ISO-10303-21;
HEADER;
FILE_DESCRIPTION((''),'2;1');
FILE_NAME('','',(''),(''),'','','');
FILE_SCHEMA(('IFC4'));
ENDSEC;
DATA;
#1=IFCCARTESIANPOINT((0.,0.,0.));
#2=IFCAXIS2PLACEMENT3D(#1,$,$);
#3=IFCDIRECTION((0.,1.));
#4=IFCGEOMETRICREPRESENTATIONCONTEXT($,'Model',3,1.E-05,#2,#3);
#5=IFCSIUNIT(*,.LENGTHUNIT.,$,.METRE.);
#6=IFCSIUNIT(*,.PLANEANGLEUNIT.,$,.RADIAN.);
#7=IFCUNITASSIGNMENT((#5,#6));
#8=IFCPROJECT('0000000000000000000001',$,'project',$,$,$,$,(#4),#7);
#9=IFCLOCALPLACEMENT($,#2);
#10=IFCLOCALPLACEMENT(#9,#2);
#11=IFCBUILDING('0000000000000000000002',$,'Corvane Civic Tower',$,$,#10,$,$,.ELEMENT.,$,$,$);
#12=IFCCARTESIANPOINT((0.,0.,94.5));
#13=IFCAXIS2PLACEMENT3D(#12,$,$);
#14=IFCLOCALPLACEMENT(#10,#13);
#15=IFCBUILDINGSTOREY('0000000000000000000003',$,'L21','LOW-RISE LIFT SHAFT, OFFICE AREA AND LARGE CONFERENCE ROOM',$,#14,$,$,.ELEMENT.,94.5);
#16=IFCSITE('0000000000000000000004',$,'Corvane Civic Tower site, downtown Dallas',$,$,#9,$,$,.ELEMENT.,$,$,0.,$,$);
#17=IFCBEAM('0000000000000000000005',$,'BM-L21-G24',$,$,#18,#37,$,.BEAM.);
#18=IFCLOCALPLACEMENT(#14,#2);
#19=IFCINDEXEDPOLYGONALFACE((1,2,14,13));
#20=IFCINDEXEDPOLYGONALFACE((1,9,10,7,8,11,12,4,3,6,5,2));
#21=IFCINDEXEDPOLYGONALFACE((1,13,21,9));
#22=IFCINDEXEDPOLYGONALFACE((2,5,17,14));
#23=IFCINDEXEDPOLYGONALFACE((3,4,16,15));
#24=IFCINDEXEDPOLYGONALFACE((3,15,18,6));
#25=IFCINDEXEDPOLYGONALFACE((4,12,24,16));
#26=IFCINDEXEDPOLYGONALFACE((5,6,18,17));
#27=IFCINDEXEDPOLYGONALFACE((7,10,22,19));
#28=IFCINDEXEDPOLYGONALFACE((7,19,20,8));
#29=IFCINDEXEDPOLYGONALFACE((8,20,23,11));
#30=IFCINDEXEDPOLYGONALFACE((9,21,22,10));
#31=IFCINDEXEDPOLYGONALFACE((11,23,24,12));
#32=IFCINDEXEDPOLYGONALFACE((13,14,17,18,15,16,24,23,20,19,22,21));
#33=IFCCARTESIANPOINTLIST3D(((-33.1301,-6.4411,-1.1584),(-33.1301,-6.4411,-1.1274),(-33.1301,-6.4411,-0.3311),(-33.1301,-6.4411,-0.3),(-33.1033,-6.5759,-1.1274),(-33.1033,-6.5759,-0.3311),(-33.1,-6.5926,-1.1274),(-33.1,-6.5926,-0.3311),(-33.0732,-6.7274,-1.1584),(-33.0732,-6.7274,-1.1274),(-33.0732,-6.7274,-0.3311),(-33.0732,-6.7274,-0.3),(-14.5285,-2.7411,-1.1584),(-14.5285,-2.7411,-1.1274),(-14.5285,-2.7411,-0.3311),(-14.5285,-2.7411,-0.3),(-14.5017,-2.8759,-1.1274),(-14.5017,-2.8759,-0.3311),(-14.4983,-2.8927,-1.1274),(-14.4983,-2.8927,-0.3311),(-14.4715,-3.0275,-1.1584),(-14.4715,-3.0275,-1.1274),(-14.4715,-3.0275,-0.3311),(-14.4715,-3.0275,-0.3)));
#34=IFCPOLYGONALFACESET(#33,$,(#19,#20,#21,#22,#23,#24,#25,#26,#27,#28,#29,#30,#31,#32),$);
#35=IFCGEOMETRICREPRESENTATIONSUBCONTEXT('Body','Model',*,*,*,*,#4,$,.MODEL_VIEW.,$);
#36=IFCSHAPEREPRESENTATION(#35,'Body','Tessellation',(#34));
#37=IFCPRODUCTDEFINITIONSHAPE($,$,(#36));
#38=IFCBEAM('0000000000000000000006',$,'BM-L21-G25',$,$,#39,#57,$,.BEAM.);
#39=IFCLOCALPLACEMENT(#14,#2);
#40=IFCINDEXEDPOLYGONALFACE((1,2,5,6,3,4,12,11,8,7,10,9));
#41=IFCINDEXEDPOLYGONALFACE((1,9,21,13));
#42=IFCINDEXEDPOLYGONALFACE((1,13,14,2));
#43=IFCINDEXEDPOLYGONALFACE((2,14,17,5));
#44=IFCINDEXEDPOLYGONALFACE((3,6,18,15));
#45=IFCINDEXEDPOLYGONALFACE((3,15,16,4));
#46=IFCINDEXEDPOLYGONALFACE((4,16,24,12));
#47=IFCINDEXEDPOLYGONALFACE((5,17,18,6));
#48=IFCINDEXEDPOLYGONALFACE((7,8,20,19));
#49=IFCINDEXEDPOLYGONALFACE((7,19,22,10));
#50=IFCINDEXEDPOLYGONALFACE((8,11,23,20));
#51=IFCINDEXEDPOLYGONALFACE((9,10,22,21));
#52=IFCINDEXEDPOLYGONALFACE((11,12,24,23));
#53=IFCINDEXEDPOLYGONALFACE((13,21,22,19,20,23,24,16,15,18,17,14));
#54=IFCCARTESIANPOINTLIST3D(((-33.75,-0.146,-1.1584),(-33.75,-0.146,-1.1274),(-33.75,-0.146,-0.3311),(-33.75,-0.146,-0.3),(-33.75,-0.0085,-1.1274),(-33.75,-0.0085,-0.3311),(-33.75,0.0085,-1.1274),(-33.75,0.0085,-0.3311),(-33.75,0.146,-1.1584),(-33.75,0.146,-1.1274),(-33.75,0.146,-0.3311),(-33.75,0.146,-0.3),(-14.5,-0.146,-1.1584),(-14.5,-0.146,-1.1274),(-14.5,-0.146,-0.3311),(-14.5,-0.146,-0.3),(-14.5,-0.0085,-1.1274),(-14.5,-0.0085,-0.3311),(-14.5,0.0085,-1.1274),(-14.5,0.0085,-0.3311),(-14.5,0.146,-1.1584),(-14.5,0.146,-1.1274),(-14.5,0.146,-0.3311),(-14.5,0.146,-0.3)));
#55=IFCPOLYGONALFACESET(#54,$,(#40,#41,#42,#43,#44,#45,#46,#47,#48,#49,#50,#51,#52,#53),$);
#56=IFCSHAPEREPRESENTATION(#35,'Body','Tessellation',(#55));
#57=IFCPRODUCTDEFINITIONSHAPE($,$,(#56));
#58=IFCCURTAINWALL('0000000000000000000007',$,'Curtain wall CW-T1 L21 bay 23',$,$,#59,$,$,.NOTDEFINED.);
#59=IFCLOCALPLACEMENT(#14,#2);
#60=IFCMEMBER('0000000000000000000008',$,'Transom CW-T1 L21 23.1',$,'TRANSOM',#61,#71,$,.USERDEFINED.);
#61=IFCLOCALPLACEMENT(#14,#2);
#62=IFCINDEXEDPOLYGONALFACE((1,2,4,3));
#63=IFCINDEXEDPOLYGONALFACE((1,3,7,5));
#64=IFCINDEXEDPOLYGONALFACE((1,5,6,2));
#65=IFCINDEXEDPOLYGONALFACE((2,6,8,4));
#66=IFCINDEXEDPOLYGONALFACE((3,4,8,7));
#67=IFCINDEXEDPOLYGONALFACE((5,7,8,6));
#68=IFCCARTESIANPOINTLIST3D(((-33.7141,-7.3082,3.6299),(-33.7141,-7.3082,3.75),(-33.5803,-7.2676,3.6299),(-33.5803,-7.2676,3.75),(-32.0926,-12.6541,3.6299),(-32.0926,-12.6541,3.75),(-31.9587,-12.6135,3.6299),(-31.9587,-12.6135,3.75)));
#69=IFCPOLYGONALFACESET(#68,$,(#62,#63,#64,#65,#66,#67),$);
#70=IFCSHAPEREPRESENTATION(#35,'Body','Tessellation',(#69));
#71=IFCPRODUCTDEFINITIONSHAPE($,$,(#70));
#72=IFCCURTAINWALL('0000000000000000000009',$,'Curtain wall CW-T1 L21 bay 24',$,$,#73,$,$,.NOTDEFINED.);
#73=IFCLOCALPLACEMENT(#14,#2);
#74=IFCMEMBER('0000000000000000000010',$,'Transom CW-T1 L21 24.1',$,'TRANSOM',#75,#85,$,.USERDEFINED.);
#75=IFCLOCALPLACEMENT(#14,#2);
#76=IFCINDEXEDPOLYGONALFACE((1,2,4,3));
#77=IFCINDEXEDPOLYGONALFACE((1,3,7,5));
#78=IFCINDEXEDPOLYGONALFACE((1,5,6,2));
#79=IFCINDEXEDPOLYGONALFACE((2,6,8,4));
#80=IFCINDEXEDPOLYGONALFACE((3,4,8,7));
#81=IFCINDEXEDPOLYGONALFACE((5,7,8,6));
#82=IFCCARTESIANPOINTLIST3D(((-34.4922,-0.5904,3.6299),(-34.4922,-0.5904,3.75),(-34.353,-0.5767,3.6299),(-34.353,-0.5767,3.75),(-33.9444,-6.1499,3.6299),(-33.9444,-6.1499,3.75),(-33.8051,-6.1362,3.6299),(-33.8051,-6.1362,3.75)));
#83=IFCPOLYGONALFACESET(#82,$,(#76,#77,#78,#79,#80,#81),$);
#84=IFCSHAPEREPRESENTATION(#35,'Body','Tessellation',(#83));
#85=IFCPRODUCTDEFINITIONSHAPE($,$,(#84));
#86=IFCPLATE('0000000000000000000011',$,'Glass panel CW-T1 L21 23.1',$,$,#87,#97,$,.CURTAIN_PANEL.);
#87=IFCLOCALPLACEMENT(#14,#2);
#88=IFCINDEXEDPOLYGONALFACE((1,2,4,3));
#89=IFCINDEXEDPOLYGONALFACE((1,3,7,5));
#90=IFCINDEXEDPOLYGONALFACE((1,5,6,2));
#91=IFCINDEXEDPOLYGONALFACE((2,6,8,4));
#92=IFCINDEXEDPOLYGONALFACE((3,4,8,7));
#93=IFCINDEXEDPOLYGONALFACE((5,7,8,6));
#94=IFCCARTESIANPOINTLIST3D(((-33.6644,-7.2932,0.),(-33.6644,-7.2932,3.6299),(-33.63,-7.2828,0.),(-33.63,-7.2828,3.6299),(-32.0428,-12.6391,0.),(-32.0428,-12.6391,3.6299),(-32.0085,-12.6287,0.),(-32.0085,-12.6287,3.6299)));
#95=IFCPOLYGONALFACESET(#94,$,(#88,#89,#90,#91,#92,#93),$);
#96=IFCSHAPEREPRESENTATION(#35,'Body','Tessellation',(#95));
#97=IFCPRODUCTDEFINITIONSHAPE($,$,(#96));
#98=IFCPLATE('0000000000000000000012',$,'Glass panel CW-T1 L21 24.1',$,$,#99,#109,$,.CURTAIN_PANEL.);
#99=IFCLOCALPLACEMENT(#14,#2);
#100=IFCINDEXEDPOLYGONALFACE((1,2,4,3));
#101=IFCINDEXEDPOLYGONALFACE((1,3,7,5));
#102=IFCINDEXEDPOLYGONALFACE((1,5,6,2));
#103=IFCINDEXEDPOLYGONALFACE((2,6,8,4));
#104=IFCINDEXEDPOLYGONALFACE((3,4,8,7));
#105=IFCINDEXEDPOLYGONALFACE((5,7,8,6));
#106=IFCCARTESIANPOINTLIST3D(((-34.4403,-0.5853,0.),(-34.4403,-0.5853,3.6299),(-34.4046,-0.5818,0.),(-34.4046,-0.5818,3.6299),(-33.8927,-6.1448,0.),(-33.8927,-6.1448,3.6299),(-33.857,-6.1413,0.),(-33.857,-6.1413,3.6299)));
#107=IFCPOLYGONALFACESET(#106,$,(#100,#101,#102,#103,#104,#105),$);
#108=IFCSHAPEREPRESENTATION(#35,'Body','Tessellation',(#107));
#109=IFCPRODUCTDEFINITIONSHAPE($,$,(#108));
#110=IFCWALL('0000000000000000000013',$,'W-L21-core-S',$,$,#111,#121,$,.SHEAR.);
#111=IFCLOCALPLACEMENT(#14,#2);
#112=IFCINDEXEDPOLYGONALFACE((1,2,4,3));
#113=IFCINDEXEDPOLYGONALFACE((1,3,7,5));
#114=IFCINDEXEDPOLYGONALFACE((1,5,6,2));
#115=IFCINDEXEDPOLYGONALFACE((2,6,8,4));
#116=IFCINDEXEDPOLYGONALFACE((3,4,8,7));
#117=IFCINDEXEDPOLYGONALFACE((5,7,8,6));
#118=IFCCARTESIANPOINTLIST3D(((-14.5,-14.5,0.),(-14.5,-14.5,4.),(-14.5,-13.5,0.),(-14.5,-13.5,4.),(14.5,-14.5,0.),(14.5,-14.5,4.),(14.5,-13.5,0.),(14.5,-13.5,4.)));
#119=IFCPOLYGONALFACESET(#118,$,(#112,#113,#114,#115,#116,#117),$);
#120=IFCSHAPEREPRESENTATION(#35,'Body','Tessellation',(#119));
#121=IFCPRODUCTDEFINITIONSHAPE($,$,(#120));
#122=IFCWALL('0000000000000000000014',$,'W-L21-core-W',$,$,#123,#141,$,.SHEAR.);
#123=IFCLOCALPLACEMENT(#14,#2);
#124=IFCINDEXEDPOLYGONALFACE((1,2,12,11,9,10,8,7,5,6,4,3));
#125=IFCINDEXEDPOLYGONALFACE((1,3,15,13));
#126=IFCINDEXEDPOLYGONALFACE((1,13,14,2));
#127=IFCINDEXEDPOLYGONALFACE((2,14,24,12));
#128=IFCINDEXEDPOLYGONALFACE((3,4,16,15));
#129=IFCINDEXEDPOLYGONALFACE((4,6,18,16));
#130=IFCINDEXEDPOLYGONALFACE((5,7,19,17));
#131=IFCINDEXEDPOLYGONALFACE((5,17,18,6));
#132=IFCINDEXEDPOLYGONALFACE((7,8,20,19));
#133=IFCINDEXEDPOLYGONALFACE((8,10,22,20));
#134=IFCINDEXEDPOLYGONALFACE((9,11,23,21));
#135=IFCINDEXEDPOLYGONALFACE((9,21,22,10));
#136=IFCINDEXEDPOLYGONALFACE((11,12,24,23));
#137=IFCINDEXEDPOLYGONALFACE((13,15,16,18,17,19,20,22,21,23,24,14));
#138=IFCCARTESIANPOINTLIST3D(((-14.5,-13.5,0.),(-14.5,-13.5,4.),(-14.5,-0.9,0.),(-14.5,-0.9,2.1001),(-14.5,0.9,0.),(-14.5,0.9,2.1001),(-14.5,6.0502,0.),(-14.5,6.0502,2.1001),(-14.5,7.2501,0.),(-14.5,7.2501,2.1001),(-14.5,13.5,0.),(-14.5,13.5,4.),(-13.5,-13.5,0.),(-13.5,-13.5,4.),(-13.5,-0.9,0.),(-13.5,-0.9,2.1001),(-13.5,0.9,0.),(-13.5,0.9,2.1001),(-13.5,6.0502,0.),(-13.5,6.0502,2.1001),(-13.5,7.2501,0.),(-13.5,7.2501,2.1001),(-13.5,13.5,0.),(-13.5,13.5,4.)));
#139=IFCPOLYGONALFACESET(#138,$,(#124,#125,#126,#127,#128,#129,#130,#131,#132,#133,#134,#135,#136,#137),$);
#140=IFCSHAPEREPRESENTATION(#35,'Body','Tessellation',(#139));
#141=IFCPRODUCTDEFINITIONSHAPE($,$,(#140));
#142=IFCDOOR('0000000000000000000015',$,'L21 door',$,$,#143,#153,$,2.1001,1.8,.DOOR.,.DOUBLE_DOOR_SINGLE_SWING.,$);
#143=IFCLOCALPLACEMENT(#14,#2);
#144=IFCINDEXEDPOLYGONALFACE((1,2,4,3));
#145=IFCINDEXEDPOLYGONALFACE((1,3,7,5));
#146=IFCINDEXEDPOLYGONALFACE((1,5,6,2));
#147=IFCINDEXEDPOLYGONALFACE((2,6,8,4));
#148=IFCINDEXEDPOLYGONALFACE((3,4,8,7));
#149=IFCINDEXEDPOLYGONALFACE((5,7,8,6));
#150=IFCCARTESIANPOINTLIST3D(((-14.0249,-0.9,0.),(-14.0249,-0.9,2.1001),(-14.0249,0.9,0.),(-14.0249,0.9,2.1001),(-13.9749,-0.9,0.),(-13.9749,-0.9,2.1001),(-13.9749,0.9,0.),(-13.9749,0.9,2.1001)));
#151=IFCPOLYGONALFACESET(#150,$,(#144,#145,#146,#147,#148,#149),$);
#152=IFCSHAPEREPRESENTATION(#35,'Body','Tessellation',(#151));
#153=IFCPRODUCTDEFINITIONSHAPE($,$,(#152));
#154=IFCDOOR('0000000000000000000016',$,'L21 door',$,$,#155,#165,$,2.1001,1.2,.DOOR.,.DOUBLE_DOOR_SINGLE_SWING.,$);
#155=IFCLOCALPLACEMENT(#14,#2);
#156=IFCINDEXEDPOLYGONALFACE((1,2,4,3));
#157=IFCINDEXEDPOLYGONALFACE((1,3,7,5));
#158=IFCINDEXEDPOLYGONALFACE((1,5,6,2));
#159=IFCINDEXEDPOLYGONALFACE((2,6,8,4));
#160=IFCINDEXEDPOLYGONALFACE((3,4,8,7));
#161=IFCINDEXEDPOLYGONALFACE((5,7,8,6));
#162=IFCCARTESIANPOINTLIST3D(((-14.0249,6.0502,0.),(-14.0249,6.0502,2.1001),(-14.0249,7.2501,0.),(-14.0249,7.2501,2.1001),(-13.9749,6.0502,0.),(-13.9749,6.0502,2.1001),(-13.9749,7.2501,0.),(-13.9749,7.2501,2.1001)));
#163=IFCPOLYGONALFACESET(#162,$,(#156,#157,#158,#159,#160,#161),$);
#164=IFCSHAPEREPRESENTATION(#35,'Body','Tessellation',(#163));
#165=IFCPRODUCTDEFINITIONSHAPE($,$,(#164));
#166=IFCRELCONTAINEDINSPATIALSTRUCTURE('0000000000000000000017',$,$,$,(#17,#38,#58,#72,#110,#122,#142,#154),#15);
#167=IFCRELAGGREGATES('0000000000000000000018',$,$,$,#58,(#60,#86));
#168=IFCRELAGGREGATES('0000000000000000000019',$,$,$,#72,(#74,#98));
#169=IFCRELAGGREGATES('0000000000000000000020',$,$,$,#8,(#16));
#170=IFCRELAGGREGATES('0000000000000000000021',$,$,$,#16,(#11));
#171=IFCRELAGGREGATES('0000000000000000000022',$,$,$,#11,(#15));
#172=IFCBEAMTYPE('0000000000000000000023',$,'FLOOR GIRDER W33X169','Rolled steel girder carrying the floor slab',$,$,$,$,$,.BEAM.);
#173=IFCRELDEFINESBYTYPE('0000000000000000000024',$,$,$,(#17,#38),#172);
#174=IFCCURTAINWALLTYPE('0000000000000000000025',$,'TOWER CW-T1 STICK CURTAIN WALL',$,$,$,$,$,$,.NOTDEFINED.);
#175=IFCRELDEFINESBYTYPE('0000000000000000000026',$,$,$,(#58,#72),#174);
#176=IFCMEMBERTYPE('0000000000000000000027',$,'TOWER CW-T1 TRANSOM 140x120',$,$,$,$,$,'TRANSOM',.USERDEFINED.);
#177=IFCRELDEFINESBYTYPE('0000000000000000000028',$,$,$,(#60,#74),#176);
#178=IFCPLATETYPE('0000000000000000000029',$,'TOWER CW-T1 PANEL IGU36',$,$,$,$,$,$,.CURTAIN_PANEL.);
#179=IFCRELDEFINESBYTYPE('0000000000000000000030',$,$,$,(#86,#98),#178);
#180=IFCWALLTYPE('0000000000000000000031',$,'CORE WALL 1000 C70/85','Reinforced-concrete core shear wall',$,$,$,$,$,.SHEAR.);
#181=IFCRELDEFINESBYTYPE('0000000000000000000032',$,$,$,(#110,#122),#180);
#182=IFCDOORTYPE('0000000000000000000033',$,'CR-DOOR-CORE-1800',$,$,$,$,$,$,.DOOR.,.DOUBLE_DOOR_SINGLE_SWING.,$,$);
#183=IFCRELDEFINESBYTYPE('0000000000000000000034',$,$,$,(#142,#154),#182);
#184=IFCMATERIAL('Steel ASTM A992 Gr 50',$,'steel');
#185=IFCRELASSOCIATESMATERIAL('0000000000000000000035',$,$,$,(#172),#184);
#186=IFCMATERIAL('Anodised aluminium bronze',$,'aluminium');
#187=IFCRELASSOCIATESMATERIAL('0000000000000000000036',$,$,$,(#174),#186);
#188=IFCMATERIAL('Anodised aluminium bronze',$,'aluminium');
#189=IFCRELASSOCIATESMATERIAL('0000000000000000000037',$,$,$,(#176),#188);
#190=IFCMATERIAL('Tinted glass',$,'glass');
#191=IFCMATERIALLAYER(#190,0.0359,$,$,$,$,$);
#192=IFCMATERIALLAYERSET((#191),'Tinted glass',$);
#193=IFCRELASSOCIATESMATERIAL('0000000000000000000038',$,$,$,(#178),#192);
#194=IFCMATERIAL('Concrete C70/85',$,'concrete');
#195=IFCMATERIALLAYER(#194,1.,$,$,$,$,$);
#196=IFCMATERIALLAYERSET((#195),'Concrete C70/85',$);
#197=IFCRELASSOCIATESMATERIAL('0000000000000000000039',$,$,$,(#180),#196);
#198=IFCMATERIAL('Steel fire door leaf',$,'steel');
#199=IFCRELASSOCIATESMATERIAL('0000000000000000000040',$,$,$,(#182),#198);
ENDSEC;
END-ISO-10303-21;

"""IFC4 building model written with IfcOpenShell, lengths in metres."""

from ifc_helpers import new_model, si_unit, direction, frame, frame_2d, origin, origin_2d, place, context, subcontext, project, spatial, rectangle, i_section, extrude, material, layer, layer_set, material_profile, profile_set, type_object, element, fill, aggregate, save


model = new_model("IFC4")

# Units and contexts
model_context = context("Model", 3, precision=1e-05, world=origin(), true_north=direction((0.0, 1.0)))
body_context = subcontext(model_context, "Body", "Model", "MODEL_VIEW")
ifc_project = project(units=[si_unit("LENGTHUNIT", "METRE"), si_unit("PLANEANGLEUNIT", "RADIAN")], contexts=[model_context])

# Site, building, storey
site_placement = place(None, origin())
site = spatial("IfcSite", under=ifc_project, at=site_placement, Name="Corvane Civic Tower site, downtown Dallas", CompositionType="ELEMENT", RefElevation=0.0)
building_placement = place(site_placement, origin())
building = spatial("IfcBuilding", under=site, at=building_placement, Name="Corvane Civic Tower", CompositionType="ELEMENT")
storey_placement = place(building_placement, frame((0.0, 0.0, 94.5)))
storey = spatial("IfcBuildingStorey", under=building, at=storey_placement, Name="L21", Description="LOW-RISE LIFT SHAFT, OFFICE AREA AND LARGE CONFERENCE ROOM", CompositionType="ELEMENT", Elevation=94.5)

# Beams
ifc_material_1 = material(Name="Steel ASTM A992 Gr 50", Category="steel")
ifc_material_profile_1 = material_profile(ifc_material_1, i_section(OverallWidth=0.292, OverallDepth=0.8584, WebThickness=0.0171, FlangeThickness=0.031, at=origin_2d()), Name="W33X169")
ifc_profile_set_1 = profile_set([ifc_material_profile_1], Name="Steel ASTM A992 Gr 50")
beam_type_1 = type_object("IfcBeamType", Name="FLOOR GIRDER W33X169", Description="Rolled steel girder carrying the floor slab", PredefinedType="BEAM", material=ifc_profile_set_1)
beam_1_placement = place(storey_placement, frame((-14.5, -2.8843, -0.7292), z_axis=(-0.980787, -0.195084, 0.0), x_axis=(0.195084, -0.980787, 0.0)))
element("IfcBeam", 1, at=beam_1_placement, inside=storey, type_object=beam_type_1, Name="BM-L21-G24", PredefinedType="BEAM", context=body_context, shape_type="SweptSolid", body=[
    extrude(i_section(OverallWidth=0.292, OverallDepth=0.8584, WebThickness=0.0171, FlangeThickness=0.031, at=origin_2d()), origin(), (0.0, 0.0, 1.0), 18.9661),
])
beam_2_placement = place(storey_placement, frame((-14.5, 0.0, -0.7292), z_axis=(-1.0, 0.0, 0.0), x_axis=(0.0, -1.0, 0.0)))
element("IfcBeam", 2, at=beam_2_placement, inside=storey, type_object=beam_type_1, Name="BM-L21-G25", PredefinedType="BEAM", context=body_context, shape_type="SweptSolid", body=[
    extrude(i_section(OverallWidth=0.292, OverallDepth=0.8584, WebThickness=0.0171, FlangeThickness=0.031, at=origin_2d()), origin(), (0.0, 0.0, 1.0), 19.25),
])

# Curtain walls, members
ifc_material_2 = material(Name="Anodised aluminium bronze", Category="aluminium")
curtain_wall_type = type_object("IfcCurtainWallType", Name="TOWER CW-T1 STICK CURTAIN WALL", PredefinedType="NOTDEFINED", material=ifc_material_2)
curtain_wall_1_placement = place(storey_placement, origin())
curtain_wall_1 = element("IfcCurtainWall", 3, at=curtain_wall_1_placement, inside=storey, type_object=curtain_wall_type, Name="Curtain wall CW-T1 L21 bay 23", PredefinedType="NOTDEFINED")
ifc_material_3 = material(Name="Anodised aluminium bronze", Category="aluminium")
ifc_material_profile_2 = material_profile(ifc_material_3, rectangle(XDim=0.1399, YDim=0.1201, at=origin_2d()), Name="TOWER CW-T1 TRANSOM 140x120")
ifc_profile_set_2 = profile_set([ifc_material_profile_2], Name="Anodised aluminium bronze")
member_type = type_object("IfcMemberType", Name="TOWER CW-T1 TRANSOM 140x120", ElementType="TRANSOM", PredefinedType="USERDEFINED", material=ifc_profile_set_2)
member_1_placement = place(storey_placement, frame((-32.0256, -12.6338, 3.6899), z_axis=(-0.290269, 0.956945, 0.0), x_axis=(-0.956945, -0.290269, 0.0)))
member_1 = element("IfcMember", 4, at=member_1_placement, type_object=member_type, Name="Transom CW-T1 L21 23.1", ObjectType="TRANSOM", PredefinedType="USERDEFINED", context=body_context, shape_type="SweptSolid", body=[
    extrude(rectangle(XDim=0.1399, YDim=0.1201, at=origin_2d()), origin(), (0.0, 0.0, 1.0), 5.5864),
])
curtain_wall_2_placement = place(storey_placement, origin())
curtain_wall_2 = element("IfcCurtainWall", 5, at=curtain_wall_2_placement, inside=storey, type_object=curtain_wall_type, Name="Curtain wall CW-T1 L21 bay 24", PredefinedType="NOTDEFINED")
member_2_placement = place(storey_placement, frame((-33.8748, -6.1431, 3.6899), z_axis=(-0.098067, 0.99518, 0.0), x_axis=(-0.99518, -0.098067, 0.0)))
member_2 = element("IfcMember", 6, at=member_2_placement, type_object=member_type, Name="Transom CW-T1 L21 24.1", ObjectType="TRANSOM", PredefinedType="USERDEFINED", context=body_context, shape_type="SweptSolid", body=[
    extrude(rectangle(XDim=0.1399, YDim=0.1201, at=origin_2d()), origin(), (0.0, 0.0, 1.0), 5.5864),
])

# Plates
ifc_material_4 = material(Name="Tinted glass", Category="glass")
ifc_layer_1 = layer(ifc_material_4, 0.0359)
ifc_layer_set_1 = layer_set([ifc_layer_1], Name="Tinted glass")
plate_type = type_object("IfcPlateType", Name="TOWER CW-T1 PANEL IGU36", PredefinedType="CURTAIN_PANEL", material=ifc_layer_set_1)
plate_1_placement = place(storey_placement, frame((-32.8364, -9.9609, 0.0), z_axis=(0.0, 0.0, 1.0), x_axis=(-0.290266, 0.956946, 0.0)))
plate_1 = element("IfcPlate", 7, at=plate_1_placement, type_object=plate_type, Name="Glass panel CW-T1 L21 23.1", PredefinedType="CURTAIN_PANEL", context=body_context, shape_type="SweptSolid", body=[
    extrude(rectangle(XDim=5.5864, YDim=0.0359, at=origin_2d()), origin(), (0.0, 0.0, 1.0), 3.6299),
])
aggregate(curtain_wall_1, [member_1, plate_1])
plate_2_placement = place(storey_placement, frame((-34.1487, -3.3633, 0.0), z_axis=(0.0, 0.0, 1.0), x_axis=(-0.098027, 0.995184, 0.0)))
plate_2 = element("IfcPlate", 8, at=plate_2_placement, type_object=plate_type, Name="Glass panel CW-T1 L21 24.1", PredefinedType="CURTAIN_PANEL", context=body_context, shape_type="SweptSolid", body=[
    extrude(rectangle(XDim=5.5864, YDim=0.0359, at=origin_2d()), origin(), (0.0, 0.0, 1.0), 3.6299),
])
aggregate(curtain_wall_2, [member_2, plate_2])

# Wall
ifc_material_5 = material(Name="Concrete C70/85", Category="concrete")
ifc_layer_2 = layer(ifc_material_5, 1.0)
ifc_layer_set_2 = layer_set([ifc_layer_2], Name="Concrete C70/85")
wall_type_1 = type_object("IfcWallType", Name="CORE WALL 1000 C70/85", Description="Reinforced-concrete core shear wall", PredefinedType="SHEAR", material=ifc_layer_set_2)
wall_1_placement = place(storey_placement, frame((-14.5, -14.0, 0.0), z_axis=(0.0, 0.0, 1.0), x_axis=(1.0, 0.0, 0.0)))
element("IfcWall", 9, at=wall_1_placement, inside=storey, type_object=wall_type_1, Name="W-L21-core-S", PredefinedType="SHEAR", context=body_context, shape_type="SweptSolid", body=[
    extrude(rectangle(XDim=29.0, YDim=1.0, at=frame_2d((14.5, 0.0))), origin(), (0.0, 0.0, 1.0), 4.0),
])

# Wall, openings, doors
wall_2_placement = place(storey_placement, frame((-14.0, -13.5, 0.0), z_axis=(0.0, 0.0, 1.0), x_axis=(0.0, 1.0, 0.0)))
wall_2 = element("IfcWall", 10, at=wall_2_placement, inside=storey, type_object=wall_type_1, Name="W-L21-core-W", PredefinedType="SHEAR", context=body_context, shape_type="SweptSolid", body=[
    extrude(rectangle(XDim=27.0, YDim=1.0, at=frame_2d((13.5, 0.0))), origin(), (0.0, 0.0, 1.0), 4.0),
])
opening_1_placement = place(wall_2_placement, frame((12.6001, 0.0, 0.0)))
opening_1 = element("IfcOpeningElement", 11, at=opening_1_placement, cuts=wall_2, PredefinedType="OPENING", context=body_context, shape_type="SweptSolid", body=[
    extrude(rectangle(XDim=1.8, YDim=2.1001, at=frame_2d((0.8999, 1.05))), frame((0.0, 0.51, 0.0), z_axis=(0.0, -1.0, 0.0), x_axis=(1.0, 0.0, 0.0)), (0.0, 0.0, 1.0), 1.02),
])
opening_2_placement = place(wall_2_placement, frame((19.55, 0.0, 0.0)))
opening_2 = element("IfcOpeningElement", 12, at=opening_2_placement, cuts=wall_2, PredefinedType="OPENING", context=body_context, shape_type="SweptSolid", body=[
    extrude(rectangle(XDim=1.2, YDim=2.1001, at=frame_2d((0.6001, 1.05))), frame((0.0, 0.51, 0.0), z_axis=(0.0, -1.0, 0.0), x_axis=(1.0, 0.0, 0.0)), (0.0, 0.0, 1.0), 1.02),
])
ifc_material_6 = material(Name="Steel fire door leaf", Category="steel")
door_type_1 = type_object("IfcDoorType", Name="CR-DOOR-CORE-1800", OperationType="DOUBLE_DOOR_SINGLE_SWING", PredefinedType="DOOR", material=ifc_material_6)
door_1_placement = place(opening_1_placement, origin())
door_1 = element("IfcDoor", 13, at=door_1_placement, inside=storey, type_object=door_type_1, Name="L21 door", OperationType="DOUBLE_DOOR_SINGLE_SWING", OverallHeight=2.1001, OverallWidth=1.8, PredefinedType="DOOR", context=body_context, shape_type="SweptSolid", body=[
    extrude(rectangle(XDim=1.8, YDim=2.1001, at=frame_2d((0.8999, 1.05))), frame((0.0, 0.0249, 0.0), z_axis=(0.0, -1.0, 0.0), x_axis=(1.0, 0.0, 0.0)), (0.0, 0.0, 1.0), 0.05),
])
fill(opening_1, door_1)
door_2_placement = place(opening_2_placement, origin())
door_2 = element("IfcDoor", 14, at=door_2_placement, inside=storey, type_object=door_type_1, Name="L21 door", OperationType="DOUBLE_DOOR_SINGLE_SWING", OverallHeight=2.1001, OverallWidth=1.2, PredefinedType="DOOR", context=body_context, shape_type="SweptSolid", body=[
    extrude(rectangle(XDim=1.2, YDim=2.1001, at=frame_2d((0.6001, 1.05))), frame((0.0, 0.0249, 0.0), z_axis=(0.0, -1.0, 0.0), x_axis=(1.0, 0.0, 0.0)), (0.0, 0.0, 1.0), 0.05),
])
fill(opening_2, door_2)

save(model, "model.ifc")
